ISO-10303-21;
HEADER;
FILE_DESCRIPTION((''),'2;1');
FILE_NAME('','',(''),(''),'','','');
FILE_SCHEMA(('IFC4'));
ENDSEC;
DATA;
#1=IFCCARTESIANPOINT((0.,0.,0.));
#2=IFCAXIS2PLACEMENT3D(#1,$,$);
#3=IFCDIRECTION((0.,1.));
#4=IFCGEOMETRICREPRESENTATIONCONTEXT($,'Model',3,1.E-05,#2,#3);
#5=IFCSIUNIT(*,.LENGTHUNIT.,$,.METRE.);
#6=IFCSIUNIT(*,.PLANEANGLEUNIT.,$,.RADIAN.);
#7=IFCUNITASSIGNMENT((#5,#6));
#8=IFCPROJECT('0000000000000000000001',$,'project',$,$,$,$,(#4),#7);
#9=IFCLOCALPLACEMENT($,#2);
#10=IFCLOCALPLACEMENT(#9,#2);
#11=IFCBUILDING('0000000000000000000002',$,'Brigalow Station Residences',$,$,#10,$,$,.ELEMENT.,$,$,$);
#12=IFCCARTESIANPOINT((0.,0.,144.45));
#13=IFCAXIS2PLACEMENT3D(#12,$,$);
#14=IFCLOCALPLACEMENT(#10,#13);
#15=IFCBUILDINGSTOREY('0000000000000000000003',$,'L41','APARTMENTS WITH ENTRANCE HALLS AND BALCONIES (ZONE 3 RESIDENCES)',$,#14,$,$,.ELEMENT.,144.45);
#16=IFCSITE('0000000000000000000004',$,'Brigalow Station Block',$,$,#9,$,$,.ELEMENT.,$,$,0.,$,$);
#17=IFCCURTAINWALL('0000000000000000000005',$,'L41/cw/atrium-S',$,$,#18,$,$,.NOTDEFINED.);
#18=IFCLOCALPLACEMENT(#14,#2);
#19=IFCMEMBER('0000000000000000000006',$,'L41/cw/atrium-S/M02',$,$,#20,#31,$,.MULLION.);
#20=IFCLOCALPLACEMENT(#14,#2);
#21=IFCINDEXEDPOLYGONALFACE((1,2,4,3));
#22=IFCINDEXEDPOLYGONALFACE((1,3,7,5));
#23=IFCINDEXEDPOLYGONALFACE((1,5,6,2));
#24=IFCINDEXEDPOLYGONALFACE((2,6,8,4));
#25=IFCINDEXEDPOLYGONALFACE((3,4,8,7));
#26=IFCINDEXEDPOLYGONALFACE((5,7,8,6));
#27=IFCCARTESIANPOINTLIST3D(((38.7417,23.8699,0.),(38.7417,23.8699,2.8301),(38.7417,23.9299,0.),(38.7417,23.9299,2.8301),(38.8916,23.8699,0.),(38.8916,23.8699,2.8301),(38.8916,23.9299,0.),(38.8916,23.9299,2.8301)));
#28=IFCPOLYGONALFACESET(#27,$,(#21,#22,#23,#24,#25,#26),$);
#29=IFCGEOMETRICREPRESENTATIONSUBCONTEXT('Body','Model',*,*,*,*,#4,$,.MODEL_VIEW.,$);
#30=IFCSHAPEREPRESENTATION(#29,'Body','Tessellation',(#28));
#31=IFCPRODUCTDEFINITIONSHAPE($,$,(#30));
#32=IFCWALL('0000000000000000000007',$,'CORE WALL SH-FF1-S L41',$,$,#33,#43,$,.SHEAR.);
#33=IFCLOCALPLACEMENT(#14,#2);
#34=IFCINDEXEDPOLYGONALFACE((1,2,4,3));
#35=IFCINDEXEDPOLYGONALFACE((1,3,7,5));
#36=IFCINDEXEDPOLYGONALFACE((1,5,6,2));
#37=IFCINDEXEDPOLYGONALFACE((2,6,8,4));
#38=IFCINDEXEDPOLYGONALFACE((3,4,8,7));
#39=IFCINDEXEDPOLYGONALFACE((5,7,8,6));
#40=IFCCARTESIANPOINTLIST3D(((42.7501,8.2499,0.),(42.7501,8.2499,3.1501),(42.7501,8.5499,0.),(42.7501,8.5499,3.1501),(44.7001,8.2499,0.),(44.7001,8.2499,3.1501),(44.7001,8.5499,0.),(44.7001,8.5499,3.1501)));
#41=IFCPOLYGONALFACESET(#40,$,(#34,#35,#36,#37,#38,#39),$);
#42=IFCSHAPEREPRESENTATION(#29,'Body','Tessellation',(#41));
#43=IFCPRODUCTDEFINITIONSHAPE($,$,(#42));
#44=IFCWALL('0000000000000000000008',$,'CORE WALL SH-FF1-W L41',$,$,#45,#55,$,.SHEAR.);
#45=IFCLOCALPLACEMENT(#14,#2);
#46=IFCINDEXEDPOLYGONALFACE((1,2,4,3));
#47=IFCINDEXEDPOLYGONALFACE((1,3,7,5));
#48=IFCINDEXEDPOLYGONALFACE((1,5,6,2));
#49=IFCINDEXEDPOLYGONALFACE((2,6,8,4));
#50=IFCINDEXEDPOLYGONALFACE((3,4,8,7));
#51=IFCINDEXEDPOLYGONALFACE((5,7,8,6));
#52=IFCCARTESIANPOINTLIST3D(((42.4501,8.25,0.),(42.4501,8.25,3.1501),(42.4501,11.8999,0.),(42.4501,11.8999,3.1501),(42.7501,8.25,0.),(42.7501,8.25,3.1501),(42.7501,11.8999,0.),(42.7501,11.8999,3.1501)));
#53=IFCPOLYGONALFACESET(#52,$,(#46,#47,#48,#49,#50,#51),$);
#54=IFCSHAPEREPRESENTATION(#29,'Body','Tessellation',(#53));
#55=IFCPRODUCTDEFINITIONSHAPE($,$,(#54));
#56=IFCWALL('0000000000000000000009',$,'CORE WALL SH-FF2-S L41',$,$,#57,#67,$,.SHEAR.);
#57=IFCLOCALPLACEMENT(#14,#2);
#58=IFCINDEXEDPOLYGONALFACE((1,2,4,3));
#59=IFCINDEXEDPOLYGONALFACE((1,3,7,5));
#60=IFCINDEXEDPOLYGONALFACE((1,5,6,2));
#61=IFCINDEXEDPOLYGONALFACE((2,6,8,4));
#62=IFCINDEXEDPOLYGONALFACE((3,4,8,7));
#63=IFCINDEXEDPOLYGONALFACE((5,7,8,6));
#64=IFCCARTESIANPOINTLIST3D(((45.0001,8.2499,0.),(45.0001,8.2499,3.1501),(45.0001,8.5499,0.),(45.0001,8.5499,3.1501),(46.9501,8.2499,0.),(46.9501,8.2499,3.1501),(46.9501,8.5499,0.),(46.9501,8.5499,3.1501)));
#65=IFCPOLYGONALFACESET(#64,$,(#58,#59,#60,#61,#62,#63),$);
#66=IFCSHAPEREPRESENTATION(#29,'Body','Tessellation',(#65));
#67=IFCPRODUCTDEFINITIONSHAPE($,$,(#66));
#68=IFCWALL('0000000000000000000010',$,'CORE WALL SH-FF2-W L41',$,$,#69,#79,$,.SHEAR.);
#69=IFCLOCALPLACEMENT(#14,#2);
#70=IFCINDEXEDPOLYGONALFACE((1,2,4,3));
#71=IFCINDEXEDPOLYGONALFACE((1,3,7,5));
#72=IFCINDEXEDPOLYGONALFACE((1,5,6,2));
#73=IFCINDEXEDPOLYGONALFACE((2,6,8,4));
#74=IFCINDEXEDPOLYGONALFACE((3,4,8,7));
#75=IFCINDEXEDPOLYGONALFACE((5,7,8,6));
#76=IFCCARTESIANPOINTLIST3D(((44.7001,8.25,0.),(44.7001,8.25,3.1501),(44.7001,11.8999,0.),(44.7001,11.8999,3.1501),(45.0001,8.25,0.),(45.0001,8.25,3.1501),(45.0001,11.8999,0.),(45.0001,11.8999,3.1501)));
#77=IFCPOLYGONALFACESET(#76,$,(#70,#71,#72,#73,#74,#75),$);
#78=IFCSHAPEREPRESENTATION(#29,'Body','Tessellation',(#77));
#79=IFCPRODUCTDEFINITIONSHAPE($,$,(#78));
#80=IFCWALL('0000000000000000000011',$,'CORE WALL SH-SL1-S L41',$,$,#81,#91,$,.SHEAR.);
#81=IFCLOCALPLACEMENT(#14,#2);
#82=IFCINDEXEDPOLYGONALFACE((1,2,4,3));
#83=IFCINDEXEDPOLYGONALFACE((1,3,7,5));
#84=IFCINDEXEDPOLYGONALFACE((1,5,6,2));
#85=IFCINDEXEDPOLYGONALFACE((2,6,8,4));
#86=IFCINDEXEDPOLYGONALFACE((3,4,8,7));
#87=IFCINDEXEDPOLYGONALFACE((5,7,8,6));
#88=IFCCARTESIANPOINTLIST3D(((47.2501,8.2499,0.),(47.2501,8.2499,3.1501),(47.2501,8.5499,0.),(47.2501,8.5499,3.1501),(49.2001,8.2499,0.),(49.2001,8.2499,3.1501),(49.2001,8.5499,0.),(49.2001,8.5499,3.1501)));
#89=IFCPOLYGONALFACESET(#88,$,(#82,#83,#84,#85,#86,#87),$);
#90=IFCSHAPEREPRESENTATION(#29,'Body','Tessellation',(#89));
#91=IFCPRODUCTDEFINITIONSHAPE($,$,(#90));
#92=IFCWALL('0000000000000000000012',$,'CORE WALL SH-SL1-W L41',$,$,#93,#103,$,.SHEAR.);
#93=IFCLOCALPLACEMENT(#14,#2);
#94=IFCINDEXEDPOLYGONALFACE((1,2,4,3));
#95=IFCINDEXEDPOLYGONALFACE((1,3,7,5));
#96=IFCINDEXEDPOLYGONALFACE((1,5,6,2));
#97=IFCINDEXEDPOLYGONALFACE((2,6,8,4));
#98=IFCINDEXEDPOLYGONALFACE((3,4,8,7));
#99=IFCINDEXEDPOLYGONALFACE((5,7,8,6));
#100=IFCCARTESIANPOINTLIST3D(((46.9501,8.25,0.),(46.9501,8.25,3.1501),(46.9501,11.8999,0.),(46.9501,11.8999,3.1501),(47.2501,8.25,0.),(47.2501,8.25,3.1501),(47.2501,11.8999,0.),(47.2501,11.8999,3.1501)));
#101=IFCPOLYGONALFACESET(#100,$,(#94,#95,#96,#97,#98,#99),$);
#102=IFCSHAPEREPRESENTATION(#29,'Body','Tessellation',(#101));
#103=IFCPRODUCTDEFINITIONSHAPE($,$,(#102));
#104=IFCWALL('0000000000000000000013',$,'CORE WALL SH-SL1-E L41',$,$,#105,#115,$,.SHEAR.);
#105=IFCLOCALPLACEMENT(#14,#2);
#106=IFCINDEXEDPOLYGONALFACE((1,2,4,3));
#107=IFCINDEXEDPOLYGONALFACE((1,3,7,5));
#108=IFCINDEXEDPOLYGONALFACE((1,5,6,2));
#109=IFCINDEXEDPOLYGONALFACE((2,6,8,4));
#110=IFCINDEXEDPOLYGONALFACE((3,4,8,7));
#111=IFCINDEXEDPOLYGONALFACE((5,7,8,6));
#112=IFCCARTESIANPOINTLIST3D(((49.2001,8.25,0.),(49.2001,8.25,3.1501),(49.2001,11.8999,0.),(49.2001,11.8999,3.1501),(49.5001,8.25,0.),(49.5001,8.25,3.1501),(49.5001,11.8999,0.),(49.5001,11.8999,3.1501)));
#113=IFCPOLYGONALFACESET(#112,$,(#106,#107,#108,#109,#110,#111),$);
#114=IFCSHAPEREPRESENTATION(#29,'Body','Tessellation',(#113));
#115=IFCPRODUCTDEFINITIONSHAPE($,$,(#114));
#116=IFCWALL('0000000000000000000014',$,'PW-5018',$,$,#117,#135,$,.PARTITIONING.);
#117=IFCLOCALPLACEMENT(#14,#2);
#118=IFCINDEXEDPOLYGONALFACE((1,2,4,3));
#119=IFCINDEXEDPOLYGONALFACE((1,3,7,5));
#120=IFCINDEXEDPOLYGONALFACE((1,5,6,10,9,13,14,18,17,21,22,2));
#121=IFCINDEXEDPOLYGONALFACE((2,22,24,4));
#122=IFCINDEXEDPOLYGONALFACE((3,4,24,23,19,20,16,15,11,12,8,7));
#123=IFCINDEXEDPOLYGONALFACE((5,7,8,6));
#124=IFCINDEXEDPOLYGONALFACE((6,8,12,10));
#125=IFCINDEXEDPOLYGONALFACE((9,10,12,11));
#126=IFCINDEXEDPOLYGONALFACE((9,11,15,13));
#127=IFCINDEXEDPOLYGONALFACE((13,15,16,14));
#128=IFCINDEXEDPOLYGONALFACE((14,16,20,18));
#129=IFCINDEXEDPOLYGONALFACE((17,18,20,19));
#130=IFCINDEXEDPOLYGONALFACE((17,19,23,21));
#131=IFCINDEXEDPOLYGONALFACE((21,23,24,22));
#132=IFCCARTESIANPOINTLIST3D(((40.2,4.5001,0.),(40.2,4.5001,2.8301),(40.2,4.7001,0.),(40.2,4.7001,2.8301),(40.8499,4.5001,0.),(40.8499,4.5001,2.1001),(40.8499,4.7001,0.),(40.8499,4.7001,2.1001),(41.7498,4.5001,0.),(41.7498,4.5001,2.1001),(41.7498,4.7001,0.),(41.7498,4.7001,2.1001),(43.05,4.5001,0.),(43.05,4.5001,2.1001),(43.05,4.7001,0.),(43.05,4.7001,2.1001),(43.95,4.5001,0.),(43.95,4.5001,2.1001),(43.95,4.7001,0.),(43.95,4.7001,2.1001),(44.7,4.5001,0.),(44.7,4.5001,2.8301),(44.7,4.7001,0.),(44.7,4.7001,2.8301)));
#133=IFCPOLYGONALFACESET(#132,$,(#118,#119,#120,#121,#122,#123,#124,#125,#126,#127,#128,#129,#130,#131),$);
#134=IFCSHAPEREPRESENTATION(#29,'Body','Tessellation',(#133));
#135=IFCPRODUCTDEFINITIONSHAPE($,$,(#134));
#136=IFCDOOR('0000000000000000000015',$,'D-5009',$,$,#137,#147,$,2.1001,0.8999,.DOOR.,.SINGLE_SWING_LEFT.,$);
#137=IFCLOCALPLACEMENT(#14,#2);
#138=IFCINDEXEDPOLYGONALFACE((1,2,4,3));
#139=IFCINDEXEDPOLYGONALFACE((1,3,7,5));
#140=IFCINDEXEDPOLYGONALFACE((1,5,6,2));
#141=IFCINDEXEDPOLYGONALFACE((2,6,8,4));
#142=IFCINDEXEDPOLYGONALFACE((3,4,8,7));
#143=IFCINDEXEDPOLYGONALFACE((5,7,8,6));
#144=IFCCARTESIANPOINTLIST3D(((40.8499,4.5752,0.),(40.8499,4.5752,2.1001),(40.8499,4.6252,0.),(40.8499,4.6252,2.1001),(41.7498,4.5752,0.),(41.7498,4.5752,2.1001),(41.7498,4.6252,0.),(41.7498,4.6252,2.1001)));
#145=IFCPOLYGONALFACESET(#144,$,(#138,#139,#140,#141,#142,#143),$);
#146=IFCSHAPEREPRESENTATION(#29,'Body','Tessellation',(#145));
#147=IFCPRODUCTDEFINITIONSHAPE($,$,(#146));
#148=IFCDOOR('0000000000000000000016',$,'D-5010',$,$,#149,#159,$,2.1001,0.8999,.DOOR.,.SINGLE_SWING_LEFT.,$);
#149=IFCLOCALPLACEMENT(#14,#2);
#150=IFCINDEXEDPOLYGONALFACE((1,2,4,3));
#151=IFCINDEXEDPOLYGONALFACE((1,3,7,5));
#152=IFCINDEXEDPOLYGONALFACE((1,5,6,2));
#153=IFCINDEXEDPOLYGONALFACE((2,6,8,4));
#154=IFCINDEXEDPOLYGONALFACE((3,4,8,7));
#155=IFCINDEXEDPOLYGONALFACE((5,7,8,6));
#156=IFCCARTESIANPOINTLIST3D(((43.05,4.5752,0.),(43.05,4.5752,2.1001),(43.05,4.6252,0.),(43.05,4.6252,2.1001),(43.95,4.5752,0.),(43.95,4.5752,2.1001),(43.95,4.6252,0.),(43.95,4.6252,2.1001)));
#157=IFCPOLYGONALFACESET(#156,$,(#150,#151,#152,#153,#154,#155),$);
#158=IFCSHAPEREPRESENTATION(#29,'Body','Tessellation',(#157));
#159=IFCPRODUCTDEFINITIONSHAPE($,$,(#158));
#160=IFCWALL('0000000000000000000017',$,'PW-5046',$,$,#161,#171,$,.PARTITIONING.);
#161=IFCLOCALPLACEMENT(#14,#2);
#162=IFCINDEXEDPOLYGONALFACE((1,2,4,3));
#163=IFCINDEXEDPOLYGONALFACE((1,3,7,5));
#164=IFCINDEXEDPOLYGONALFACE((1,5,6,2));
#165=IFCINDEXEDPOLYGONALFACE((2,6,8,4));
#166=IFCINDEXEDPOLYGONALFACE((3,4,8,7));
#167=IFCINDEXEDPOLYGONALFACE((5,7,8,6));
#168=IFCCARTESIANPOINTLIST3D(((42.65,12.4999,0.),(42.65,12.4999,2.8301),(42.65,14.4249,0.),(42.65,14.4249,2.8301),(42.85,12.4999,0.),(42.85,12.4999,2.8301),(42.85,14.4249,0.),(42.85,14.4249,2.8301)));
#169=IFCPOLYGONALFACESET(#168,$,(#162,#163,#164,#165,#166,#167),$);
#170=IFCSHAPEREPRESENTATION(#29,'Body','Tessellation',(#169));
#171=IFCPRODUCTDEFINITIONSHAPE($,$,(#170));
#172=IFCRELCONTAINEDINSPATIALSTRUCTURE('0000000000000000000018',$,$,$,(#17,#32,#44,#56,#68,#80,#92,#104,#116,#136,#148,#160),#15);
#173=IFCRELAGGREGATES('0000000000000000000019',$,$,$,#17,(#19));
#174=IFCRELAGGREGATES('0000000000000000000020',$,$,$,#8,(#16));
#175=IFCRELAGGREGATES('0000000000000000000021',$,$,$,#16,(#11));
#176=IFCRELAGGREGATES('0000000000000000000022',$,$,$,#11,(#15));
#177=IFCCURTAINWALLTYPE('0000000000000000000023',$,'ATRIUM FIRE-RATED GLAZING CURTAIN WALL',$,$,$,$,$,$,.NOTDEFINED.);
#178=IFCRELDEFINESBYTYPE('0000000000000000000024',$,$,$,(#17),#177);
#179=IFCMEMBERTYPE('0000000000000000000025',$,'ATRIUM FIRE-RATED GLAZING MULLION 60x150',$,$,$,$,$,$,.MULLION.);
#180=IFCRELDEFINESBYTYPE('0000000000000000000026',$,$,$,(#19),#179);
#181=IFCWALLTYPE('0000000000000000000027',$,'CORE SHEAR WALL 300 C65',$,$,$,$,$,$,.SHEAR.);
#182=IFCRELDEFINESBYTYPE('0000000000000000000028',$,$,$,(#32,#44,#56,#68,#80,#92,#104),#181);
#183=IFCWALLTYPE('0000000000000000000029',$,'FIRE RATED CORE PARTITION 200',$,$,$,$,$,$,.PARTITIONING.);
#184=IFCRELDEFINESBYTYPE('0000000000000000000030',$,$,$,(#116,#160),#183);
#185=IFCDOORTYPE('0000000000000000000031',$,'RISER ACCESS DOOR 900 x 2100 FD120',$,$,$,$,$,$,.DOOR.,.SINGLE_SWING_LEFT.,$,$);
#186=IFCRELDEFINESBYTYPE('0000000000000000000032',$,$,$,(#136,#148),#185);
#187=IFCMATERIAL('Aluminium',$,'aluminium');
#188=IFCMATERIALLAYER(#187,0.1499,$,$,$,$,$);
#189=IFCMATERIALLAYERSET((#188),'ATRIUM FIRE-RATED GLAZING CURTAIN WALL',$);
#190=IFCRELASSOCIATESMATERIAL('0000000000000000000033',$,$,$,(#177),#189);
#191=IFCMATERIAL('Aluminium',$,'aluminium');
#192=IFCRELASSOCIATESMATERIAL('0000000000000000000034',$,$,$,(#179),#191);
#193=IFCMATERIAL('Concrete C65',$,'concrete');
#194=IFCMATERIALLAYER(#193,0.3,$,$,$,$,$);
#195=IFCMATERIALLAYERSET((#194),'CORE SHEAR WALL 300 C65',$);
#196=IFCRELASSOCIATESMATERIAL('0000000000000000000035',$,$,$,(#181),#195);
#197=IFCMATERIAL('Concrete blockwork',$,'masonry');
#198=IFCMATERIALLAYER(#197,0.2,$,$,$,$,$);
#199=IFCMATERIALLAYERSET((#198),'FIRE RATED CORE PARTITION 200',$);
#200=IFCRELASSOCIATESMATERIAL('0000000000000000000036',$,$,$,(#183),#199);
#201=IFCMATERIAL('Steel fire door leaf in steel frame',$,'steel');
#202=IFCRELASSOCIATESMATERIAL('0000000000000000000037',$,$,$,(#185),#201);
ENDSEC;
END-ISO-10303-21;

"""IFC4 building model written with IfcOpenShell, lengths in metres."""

from ifc_helpers import new_model, si_unit, direction, frame, frame_2d, origin, origin_2d, place, context, subcontext, project, spatial, rectangle, extrude, material, layer, layer_set, material_profile, profile_set, type_object, element, fill, aggregate, save


model = new_model("IFC4")

# Units and contexts
model_context = context("Model", 3, precision=1e-05, world=origin(), true_north=direction((0.0, 1.0)))
body_context = subcontext(model_context, "Body", "Model", "MODEL_VIEW")
ifc_project = project(units=[si_unit("LENGTHUNIT", "METRE"), si_unit("PLANEANGLEUNIT", "RADIAN")], contexts=[model_context])

# Site, building, storey
site_placement = place(None, origin())
site = spatial("IfcSite", under=ifc_project, at=site_placement, Name="Brigalow Station Block", CompositionType="ELEMENT", RefElevation=0.0)
building_placement = place(site_placement, origin())
building = spatial("IfcBuilding", under=site, at=building_placement, Name="Brigalow Station Residences", CompositionType="ELEMENT")
storey_placement = place(building_placement, frame((0.0, 0.0, 144.45)))
storey = spatial("IfcBuildingStorey", under=building, at=storey_placement, Name="L41", Description="APARTMENTS WITH ENTRANCE HALLS AND BALCONIES (ZONE 3 RESIDENCES)", CompositionType="ELEMENT", Elevation=144.45)

# Curtain wall, member
ifc_material_1 = material(Name="Aluminium", Category="aluminium")
ifc_layer_1 = layer(ifc_material_1, 0.1499)
ifc_layer_set_1 = layer_set([ifc_layer_1], Name="ATRIUM FIRE-RATED GLAZING CURTAIN WALL")
curtain_wall_type = type_object("IfcCurtainWallType", Name="ATRIUM FIRE-RATED GLAZING CURTAIN WALL", PredefinedType="NOTDEFINED", material=ifc_layer_set_1)
curtain_wall_placement = place(storey_placement, origin())
curtain_wall = element("IfcCurtainWall", 1, at=curtain_wall_placement, inside=storey, type_object=curtain_wall_type, Name="L41/cw/atrium-S", PredefinedType="NOTDEFINED")
ifc_material_2 = material(Name="Aluminium", Category="aluminium")
ifc_material_profile = material_profile(ifc_material_2, rectangle(XDim=0.0601, YDim=0.1499, at=origin_2d()), Name="ATRIUM FIRE-RATED GLAZING MULLION 60x150")
ifc_profile_set = profile_set([ifc_material_profile], Name="Aluminium")
member_type = type_object("IfcMemberType", Name="ATRIUM FIRE-RATED GLAZING MULLION 60x150", PredefinedType="MULLION", material=ifc_profile_set)
member_placement = place(storey_placement, frame((38.8167, 23.8999, 0.0), z_axis=(0.0, 0.0, 1.0), x_axis=(0.0, 1.0, 0.0)))
member = element("IfcMember", 2, at=member_placement, type_object=member_type, Name="L41/cw/atrium-S/M02", PredefinedType="MULLION", context=body_context, shape_type="SweptSolid", body=[
    extrude(rectangle(XDim=0.0601, YDim=0.1499, at=origin_2d()), origin(), (0.0, 0.0, 1.0), 2.8301),
])
aggregate(curtain_wall, [member])

# Walls
ifc_material_3 = material(Name="Concrete C65", Category="concrete")
ifc_layer_2 = layer(ifc_material_3, 0.3)
ifc_layer_set_2 = layer_set([ifc_layer_2], Name="CORE SHEAR WALL 300 C65")
wall_type_1 = type_object("IfcWallType", Name="CORE SHEAR WALL 300 C65", PredefinedType="SHEAR", material=ifc_layer_set_2)
wall_1_placement = place(storey_placement, frame((42.75, 8.3999, 0.0), z_axis=(0.0, 0.0, 1.0), x_axis=(1.0, 0.0, 0.0)))
element("IfcWall", 3, at=wall_1_placement, inside=storey, type_object=wall_type_1, Name="CORE WALL SH-FF1-S L41", PredefinedType="SHEAR", context=body_context, shape_type="SweptSolid", body=[
    extrude(rectangle(XDim=1.95, YDim=0.3, at=frame_2d((0.9751, 0.0))), origin(), (0.0, 0.0, 1.0), 3.1501),
])
wall_2_placement = place(storey_placement, frame((42.6001, 8.25, 0.0), z_axis=(0.0, 0.0, 1.0), x_axis=(0.0, 1.0, 0.0)))
element("IfcWall", 4, at=wall_2_placement, inside=storey, type_object=wall_type_1, Name="CORE WALL SH-FF1-W L41", PredefinedType="SHEAR", context=body_context, shape_type="SweptSolid", body=[
    extrude(rectangle(XDim=3.6499, YDim=0.3, at=frame_2d((1.825, 0.0))), origin(), (0.0, 0.0, 1.0), 3.1501),
])
wall_3_placement = place(storey_placement, frame((45.0, 8.3999, 0.0), z_axis=(0.0, 0.0, 1.0), x_axis=(1.0, 0.0, 0.0)))
element("IfcWall", 5, at=wall_3_placement, inside=storey, type_object=wall_type_1, Name="CORE WALL SH-FF2-S L41", PredefinedType="SHEAR", context=body_context, shape_type="SweptSolid", body=[
    extrude(rectangle(XDim=1.95, YDim=0.3, at=frame_2d((0.9751, 0.0))), origin(), (0.0, 0.0, 1.0), 3.1501),
])
wall_4_placement = place(storey_placement, frame((44.8501, 8.25, 0.0), z_axis=(0.0, 0.0, 1.0), x_axis=(0.0, 1.0, 0.0)))
element("IfcWall", 6, at=wall_4_placement, inside=storey, type_object=wall_type_1, Name="CORE WALL SH-FF2-W L41", PredefinedType="SHEAR", context=body_context, shape_type="SweptSolid", body=[
    extrude(rectangle(XDim=3.6499, YDim=0.3, at=frame_2d((1.825, 0.0))), origin(), (0.0, 0.0, 1.0), 3.1501),
])
wall_5_placement = place(storey_placement, frame((47.25, 8.3999, 0.0), z_axis=(0.0, 0.0, 1.0), x_axis=(1.0, 0.0, 0.0)))
element("IfcWall", 7, at=wall_5_placement, inside=storey, type_object=wall_type_1, Name="CORE WALL SH-SL1-S L41", PredefinedType="SHEAR", context=body_context, shape_type="SweptSolid", body=[
    extrude(rectangle(XDim=1.95, YDim=0.3, at=frame_2d((0.9751, 0.0))), origin(), (0.0, 0.0, 1.0), 3.1501),
])
for number, where, z_axis, x_axis, name in (
    (8, (47.1001, 8.25, 0.0), (0.0, 0.0, 1.0), (0.0, 1.0, 0.0), "CORE WALL SH-SL1-W L41"),
    (9, (49.3501, 8.25, 0.0), (0.0, 0.0, 1.0), (0.0, 1.0, 0.0), "CORE WALL SH-SL1-E L41"),
):
    element("IfcWall", number, at=place(storey_placement, frame(where, z_axis=z_axis, x_axis=x_axis)), inside=storey, type_object=wall_type_1, Name=name, PredefinedType="SHEAR", context=body_context, shape_type="SweptSolid", body=[
        extrude(rectangle(XDim=3.6499, YDim=0.3, at=frame_2d((1.825, 0.0))), origin(), (0.0, 0.0, 1.0), 3.1501),
    ])

# Wall, openings, doors
ifc_material_4 = material(Name="Concrete blockwork", Category="masonry")
ifc_layer_3 = layer(ifc_material_4, 0.2)
ifc_layer_set_3 = layer_set([ifc_layer_3], Name="FIRE RATED CORE PARTITION 200")
wall_type_2 = type_object("IfcWallType", Name="FIRE RATED CORE PARTITION 200", PredefinedType="PARTITIONING", material=ifc_layer_set_3)
wall_6_placement = place(storey_placement, frame((40.2, 4.6001, 0.0), z_axis=(0.0, 0.0, 1.0), x_axis=(1.0, 0.0, 0.0)))
wall_6 = element("IfcWall", 10, at=wall_6_placement, inside=storey, type_object=wall_type_2, Name="PW-5018", PredefinedType="PARTITIONING", context=body_context, shape_type="SweptSolid", body=[
    extrude(rectangle(XDim=4.5, YDim=0.2, at=frame_2d((2.25, 0.0))), origin(), (0.0, 0.0, 1.0), 2.8301),
])
opening_1_placement = place(wall_6_placement, frame((0.6499, 0.0, 0.0)))
opening_1 = element("IfcOpeningElement", 11, at=opening_1_placement, cuts=wall_6, PredefinedType="OPENING", context=body_context, shape_type="SweptSolid", body=[
    extrude(rectangle(XDim=0.8999, YDim=2.1001, at=frame_2d((0.45, 1.05))), frame((0.0, 0.1099, 0.0), z_axis=(0.0, -1.0, 0.0), x_axis=(1.0, 0.0, 0.0)), (0.0, 0.0, 1.0), 0.22),
])
opening_2_placement = place(wall_6_placement, frame((2.8501, 0.0, 0.0)))
opening_2 = element("IfcOpeningElement", 12, at=opening_2_placement, cuts=wall_6, PredefinedType="OPENING", context=body_context, shape_type="SweptSolid", body=[
    extrude(rectangle(XDim=0.8999, YDim=2.1001, at=frame_2d((0.45, 1.05))), frame((0.0, 0.1099, 0.0), z_axis=(0.0, -1.0, 0.0), x_axis=(1.0, 0.0, 0.0)), (0.0, 0.0, 1.0), 0.22),
])
ifc_material_5 = material(Name="Steel fire door leaf in steel frame", Category="steel")
door_type_1 = type_object("IfcDoorType", Name="RISER ACCESS DOOR 900 x 2100 FD120", OperationType="SINGLE_SWING_LEFT", PredefinedType="DOOR", material=ifc_material_5)
door_1_placement = place(opening_1_placement, frame((0.8999, 0.0, 0.0), z_axis=(0.0, 0.0, 1.0), x_axis=(-1.0, 0.0, 0.0)))
door_1 = element("IfcDoor", 13, at=door_1_placement, inside=storey, type_object=door_type_1, Name="D-5009", OperationType="SINGLE_SWING_LEFT", OverallHeight=2.1001, OverallWidth=0.8999, PredefinedType="DOOR", context=body_context, shape_type="SweptSolid", body=[
    extrude(rectangle(XDim=0.8999, YDim=2.1001, at=frame_2d((0.45, 1.05))), frame((0.0, 0.0249, 0.0), z_axis=(0.0, -1.0, 0.0), x_axis=(1.0, 0.0, 0.0)), (0.0, 0.0, 1.0), 0.05),
])
fill(opening_1, door_1)
door_2_placement = place(opening_2_placement, frame((0.8999, 0.0, 0.0), z_axis=(0.0, 0.0, 1.0), x_axis=(-1.0, 0.0, 0.0)))
door_2 = element("IfcDoor", 14, at=door_2_placement, inside=storey, type_object=door_type_1, Name="D-5010", OperationType="SINGLE_SWING_LEFT", OverallHeight=2.1001, OverallWidth=0.8999, PredefinedType="DOOR", context=body_context, shape_type="SweptSolid", body=[
    extrude(rectangle(XDim=0.8999, YDim=2.1001, at=frame_2d((0.45, 1.05))), frame((0.0, 0.0249, 0.0), z_axis=(0.0, -1.0, 0.0), x_axis=(1.0, 0.0, 0.0)), (0.0, 0.0, 1.0), 0.05),
])
fill(opening_2, door_2)

# Wall
wall_7_placement = place(storey_placement, frame((42.75, 12.5, 0.0), z_axis=(0.0, 0.0, 1.0), x_axis=(0.0, 1.0, 0.0)))
element("IfcWall", 15, at=wall_7_placement, inside=storey, type_object=wall_type_2, Name="PW-5046", PredefinedType="PARTITIONING", context=body_context, shape_type="SweptSolid", body=[
    extrude(rectangle(XDim=1.925, YDim=0.2, at=frame_2d((0.9624, 0.0))), origin(), (0.0, 0.0, 1.0), 2.8301),
])

save(model, "model.ifc")
